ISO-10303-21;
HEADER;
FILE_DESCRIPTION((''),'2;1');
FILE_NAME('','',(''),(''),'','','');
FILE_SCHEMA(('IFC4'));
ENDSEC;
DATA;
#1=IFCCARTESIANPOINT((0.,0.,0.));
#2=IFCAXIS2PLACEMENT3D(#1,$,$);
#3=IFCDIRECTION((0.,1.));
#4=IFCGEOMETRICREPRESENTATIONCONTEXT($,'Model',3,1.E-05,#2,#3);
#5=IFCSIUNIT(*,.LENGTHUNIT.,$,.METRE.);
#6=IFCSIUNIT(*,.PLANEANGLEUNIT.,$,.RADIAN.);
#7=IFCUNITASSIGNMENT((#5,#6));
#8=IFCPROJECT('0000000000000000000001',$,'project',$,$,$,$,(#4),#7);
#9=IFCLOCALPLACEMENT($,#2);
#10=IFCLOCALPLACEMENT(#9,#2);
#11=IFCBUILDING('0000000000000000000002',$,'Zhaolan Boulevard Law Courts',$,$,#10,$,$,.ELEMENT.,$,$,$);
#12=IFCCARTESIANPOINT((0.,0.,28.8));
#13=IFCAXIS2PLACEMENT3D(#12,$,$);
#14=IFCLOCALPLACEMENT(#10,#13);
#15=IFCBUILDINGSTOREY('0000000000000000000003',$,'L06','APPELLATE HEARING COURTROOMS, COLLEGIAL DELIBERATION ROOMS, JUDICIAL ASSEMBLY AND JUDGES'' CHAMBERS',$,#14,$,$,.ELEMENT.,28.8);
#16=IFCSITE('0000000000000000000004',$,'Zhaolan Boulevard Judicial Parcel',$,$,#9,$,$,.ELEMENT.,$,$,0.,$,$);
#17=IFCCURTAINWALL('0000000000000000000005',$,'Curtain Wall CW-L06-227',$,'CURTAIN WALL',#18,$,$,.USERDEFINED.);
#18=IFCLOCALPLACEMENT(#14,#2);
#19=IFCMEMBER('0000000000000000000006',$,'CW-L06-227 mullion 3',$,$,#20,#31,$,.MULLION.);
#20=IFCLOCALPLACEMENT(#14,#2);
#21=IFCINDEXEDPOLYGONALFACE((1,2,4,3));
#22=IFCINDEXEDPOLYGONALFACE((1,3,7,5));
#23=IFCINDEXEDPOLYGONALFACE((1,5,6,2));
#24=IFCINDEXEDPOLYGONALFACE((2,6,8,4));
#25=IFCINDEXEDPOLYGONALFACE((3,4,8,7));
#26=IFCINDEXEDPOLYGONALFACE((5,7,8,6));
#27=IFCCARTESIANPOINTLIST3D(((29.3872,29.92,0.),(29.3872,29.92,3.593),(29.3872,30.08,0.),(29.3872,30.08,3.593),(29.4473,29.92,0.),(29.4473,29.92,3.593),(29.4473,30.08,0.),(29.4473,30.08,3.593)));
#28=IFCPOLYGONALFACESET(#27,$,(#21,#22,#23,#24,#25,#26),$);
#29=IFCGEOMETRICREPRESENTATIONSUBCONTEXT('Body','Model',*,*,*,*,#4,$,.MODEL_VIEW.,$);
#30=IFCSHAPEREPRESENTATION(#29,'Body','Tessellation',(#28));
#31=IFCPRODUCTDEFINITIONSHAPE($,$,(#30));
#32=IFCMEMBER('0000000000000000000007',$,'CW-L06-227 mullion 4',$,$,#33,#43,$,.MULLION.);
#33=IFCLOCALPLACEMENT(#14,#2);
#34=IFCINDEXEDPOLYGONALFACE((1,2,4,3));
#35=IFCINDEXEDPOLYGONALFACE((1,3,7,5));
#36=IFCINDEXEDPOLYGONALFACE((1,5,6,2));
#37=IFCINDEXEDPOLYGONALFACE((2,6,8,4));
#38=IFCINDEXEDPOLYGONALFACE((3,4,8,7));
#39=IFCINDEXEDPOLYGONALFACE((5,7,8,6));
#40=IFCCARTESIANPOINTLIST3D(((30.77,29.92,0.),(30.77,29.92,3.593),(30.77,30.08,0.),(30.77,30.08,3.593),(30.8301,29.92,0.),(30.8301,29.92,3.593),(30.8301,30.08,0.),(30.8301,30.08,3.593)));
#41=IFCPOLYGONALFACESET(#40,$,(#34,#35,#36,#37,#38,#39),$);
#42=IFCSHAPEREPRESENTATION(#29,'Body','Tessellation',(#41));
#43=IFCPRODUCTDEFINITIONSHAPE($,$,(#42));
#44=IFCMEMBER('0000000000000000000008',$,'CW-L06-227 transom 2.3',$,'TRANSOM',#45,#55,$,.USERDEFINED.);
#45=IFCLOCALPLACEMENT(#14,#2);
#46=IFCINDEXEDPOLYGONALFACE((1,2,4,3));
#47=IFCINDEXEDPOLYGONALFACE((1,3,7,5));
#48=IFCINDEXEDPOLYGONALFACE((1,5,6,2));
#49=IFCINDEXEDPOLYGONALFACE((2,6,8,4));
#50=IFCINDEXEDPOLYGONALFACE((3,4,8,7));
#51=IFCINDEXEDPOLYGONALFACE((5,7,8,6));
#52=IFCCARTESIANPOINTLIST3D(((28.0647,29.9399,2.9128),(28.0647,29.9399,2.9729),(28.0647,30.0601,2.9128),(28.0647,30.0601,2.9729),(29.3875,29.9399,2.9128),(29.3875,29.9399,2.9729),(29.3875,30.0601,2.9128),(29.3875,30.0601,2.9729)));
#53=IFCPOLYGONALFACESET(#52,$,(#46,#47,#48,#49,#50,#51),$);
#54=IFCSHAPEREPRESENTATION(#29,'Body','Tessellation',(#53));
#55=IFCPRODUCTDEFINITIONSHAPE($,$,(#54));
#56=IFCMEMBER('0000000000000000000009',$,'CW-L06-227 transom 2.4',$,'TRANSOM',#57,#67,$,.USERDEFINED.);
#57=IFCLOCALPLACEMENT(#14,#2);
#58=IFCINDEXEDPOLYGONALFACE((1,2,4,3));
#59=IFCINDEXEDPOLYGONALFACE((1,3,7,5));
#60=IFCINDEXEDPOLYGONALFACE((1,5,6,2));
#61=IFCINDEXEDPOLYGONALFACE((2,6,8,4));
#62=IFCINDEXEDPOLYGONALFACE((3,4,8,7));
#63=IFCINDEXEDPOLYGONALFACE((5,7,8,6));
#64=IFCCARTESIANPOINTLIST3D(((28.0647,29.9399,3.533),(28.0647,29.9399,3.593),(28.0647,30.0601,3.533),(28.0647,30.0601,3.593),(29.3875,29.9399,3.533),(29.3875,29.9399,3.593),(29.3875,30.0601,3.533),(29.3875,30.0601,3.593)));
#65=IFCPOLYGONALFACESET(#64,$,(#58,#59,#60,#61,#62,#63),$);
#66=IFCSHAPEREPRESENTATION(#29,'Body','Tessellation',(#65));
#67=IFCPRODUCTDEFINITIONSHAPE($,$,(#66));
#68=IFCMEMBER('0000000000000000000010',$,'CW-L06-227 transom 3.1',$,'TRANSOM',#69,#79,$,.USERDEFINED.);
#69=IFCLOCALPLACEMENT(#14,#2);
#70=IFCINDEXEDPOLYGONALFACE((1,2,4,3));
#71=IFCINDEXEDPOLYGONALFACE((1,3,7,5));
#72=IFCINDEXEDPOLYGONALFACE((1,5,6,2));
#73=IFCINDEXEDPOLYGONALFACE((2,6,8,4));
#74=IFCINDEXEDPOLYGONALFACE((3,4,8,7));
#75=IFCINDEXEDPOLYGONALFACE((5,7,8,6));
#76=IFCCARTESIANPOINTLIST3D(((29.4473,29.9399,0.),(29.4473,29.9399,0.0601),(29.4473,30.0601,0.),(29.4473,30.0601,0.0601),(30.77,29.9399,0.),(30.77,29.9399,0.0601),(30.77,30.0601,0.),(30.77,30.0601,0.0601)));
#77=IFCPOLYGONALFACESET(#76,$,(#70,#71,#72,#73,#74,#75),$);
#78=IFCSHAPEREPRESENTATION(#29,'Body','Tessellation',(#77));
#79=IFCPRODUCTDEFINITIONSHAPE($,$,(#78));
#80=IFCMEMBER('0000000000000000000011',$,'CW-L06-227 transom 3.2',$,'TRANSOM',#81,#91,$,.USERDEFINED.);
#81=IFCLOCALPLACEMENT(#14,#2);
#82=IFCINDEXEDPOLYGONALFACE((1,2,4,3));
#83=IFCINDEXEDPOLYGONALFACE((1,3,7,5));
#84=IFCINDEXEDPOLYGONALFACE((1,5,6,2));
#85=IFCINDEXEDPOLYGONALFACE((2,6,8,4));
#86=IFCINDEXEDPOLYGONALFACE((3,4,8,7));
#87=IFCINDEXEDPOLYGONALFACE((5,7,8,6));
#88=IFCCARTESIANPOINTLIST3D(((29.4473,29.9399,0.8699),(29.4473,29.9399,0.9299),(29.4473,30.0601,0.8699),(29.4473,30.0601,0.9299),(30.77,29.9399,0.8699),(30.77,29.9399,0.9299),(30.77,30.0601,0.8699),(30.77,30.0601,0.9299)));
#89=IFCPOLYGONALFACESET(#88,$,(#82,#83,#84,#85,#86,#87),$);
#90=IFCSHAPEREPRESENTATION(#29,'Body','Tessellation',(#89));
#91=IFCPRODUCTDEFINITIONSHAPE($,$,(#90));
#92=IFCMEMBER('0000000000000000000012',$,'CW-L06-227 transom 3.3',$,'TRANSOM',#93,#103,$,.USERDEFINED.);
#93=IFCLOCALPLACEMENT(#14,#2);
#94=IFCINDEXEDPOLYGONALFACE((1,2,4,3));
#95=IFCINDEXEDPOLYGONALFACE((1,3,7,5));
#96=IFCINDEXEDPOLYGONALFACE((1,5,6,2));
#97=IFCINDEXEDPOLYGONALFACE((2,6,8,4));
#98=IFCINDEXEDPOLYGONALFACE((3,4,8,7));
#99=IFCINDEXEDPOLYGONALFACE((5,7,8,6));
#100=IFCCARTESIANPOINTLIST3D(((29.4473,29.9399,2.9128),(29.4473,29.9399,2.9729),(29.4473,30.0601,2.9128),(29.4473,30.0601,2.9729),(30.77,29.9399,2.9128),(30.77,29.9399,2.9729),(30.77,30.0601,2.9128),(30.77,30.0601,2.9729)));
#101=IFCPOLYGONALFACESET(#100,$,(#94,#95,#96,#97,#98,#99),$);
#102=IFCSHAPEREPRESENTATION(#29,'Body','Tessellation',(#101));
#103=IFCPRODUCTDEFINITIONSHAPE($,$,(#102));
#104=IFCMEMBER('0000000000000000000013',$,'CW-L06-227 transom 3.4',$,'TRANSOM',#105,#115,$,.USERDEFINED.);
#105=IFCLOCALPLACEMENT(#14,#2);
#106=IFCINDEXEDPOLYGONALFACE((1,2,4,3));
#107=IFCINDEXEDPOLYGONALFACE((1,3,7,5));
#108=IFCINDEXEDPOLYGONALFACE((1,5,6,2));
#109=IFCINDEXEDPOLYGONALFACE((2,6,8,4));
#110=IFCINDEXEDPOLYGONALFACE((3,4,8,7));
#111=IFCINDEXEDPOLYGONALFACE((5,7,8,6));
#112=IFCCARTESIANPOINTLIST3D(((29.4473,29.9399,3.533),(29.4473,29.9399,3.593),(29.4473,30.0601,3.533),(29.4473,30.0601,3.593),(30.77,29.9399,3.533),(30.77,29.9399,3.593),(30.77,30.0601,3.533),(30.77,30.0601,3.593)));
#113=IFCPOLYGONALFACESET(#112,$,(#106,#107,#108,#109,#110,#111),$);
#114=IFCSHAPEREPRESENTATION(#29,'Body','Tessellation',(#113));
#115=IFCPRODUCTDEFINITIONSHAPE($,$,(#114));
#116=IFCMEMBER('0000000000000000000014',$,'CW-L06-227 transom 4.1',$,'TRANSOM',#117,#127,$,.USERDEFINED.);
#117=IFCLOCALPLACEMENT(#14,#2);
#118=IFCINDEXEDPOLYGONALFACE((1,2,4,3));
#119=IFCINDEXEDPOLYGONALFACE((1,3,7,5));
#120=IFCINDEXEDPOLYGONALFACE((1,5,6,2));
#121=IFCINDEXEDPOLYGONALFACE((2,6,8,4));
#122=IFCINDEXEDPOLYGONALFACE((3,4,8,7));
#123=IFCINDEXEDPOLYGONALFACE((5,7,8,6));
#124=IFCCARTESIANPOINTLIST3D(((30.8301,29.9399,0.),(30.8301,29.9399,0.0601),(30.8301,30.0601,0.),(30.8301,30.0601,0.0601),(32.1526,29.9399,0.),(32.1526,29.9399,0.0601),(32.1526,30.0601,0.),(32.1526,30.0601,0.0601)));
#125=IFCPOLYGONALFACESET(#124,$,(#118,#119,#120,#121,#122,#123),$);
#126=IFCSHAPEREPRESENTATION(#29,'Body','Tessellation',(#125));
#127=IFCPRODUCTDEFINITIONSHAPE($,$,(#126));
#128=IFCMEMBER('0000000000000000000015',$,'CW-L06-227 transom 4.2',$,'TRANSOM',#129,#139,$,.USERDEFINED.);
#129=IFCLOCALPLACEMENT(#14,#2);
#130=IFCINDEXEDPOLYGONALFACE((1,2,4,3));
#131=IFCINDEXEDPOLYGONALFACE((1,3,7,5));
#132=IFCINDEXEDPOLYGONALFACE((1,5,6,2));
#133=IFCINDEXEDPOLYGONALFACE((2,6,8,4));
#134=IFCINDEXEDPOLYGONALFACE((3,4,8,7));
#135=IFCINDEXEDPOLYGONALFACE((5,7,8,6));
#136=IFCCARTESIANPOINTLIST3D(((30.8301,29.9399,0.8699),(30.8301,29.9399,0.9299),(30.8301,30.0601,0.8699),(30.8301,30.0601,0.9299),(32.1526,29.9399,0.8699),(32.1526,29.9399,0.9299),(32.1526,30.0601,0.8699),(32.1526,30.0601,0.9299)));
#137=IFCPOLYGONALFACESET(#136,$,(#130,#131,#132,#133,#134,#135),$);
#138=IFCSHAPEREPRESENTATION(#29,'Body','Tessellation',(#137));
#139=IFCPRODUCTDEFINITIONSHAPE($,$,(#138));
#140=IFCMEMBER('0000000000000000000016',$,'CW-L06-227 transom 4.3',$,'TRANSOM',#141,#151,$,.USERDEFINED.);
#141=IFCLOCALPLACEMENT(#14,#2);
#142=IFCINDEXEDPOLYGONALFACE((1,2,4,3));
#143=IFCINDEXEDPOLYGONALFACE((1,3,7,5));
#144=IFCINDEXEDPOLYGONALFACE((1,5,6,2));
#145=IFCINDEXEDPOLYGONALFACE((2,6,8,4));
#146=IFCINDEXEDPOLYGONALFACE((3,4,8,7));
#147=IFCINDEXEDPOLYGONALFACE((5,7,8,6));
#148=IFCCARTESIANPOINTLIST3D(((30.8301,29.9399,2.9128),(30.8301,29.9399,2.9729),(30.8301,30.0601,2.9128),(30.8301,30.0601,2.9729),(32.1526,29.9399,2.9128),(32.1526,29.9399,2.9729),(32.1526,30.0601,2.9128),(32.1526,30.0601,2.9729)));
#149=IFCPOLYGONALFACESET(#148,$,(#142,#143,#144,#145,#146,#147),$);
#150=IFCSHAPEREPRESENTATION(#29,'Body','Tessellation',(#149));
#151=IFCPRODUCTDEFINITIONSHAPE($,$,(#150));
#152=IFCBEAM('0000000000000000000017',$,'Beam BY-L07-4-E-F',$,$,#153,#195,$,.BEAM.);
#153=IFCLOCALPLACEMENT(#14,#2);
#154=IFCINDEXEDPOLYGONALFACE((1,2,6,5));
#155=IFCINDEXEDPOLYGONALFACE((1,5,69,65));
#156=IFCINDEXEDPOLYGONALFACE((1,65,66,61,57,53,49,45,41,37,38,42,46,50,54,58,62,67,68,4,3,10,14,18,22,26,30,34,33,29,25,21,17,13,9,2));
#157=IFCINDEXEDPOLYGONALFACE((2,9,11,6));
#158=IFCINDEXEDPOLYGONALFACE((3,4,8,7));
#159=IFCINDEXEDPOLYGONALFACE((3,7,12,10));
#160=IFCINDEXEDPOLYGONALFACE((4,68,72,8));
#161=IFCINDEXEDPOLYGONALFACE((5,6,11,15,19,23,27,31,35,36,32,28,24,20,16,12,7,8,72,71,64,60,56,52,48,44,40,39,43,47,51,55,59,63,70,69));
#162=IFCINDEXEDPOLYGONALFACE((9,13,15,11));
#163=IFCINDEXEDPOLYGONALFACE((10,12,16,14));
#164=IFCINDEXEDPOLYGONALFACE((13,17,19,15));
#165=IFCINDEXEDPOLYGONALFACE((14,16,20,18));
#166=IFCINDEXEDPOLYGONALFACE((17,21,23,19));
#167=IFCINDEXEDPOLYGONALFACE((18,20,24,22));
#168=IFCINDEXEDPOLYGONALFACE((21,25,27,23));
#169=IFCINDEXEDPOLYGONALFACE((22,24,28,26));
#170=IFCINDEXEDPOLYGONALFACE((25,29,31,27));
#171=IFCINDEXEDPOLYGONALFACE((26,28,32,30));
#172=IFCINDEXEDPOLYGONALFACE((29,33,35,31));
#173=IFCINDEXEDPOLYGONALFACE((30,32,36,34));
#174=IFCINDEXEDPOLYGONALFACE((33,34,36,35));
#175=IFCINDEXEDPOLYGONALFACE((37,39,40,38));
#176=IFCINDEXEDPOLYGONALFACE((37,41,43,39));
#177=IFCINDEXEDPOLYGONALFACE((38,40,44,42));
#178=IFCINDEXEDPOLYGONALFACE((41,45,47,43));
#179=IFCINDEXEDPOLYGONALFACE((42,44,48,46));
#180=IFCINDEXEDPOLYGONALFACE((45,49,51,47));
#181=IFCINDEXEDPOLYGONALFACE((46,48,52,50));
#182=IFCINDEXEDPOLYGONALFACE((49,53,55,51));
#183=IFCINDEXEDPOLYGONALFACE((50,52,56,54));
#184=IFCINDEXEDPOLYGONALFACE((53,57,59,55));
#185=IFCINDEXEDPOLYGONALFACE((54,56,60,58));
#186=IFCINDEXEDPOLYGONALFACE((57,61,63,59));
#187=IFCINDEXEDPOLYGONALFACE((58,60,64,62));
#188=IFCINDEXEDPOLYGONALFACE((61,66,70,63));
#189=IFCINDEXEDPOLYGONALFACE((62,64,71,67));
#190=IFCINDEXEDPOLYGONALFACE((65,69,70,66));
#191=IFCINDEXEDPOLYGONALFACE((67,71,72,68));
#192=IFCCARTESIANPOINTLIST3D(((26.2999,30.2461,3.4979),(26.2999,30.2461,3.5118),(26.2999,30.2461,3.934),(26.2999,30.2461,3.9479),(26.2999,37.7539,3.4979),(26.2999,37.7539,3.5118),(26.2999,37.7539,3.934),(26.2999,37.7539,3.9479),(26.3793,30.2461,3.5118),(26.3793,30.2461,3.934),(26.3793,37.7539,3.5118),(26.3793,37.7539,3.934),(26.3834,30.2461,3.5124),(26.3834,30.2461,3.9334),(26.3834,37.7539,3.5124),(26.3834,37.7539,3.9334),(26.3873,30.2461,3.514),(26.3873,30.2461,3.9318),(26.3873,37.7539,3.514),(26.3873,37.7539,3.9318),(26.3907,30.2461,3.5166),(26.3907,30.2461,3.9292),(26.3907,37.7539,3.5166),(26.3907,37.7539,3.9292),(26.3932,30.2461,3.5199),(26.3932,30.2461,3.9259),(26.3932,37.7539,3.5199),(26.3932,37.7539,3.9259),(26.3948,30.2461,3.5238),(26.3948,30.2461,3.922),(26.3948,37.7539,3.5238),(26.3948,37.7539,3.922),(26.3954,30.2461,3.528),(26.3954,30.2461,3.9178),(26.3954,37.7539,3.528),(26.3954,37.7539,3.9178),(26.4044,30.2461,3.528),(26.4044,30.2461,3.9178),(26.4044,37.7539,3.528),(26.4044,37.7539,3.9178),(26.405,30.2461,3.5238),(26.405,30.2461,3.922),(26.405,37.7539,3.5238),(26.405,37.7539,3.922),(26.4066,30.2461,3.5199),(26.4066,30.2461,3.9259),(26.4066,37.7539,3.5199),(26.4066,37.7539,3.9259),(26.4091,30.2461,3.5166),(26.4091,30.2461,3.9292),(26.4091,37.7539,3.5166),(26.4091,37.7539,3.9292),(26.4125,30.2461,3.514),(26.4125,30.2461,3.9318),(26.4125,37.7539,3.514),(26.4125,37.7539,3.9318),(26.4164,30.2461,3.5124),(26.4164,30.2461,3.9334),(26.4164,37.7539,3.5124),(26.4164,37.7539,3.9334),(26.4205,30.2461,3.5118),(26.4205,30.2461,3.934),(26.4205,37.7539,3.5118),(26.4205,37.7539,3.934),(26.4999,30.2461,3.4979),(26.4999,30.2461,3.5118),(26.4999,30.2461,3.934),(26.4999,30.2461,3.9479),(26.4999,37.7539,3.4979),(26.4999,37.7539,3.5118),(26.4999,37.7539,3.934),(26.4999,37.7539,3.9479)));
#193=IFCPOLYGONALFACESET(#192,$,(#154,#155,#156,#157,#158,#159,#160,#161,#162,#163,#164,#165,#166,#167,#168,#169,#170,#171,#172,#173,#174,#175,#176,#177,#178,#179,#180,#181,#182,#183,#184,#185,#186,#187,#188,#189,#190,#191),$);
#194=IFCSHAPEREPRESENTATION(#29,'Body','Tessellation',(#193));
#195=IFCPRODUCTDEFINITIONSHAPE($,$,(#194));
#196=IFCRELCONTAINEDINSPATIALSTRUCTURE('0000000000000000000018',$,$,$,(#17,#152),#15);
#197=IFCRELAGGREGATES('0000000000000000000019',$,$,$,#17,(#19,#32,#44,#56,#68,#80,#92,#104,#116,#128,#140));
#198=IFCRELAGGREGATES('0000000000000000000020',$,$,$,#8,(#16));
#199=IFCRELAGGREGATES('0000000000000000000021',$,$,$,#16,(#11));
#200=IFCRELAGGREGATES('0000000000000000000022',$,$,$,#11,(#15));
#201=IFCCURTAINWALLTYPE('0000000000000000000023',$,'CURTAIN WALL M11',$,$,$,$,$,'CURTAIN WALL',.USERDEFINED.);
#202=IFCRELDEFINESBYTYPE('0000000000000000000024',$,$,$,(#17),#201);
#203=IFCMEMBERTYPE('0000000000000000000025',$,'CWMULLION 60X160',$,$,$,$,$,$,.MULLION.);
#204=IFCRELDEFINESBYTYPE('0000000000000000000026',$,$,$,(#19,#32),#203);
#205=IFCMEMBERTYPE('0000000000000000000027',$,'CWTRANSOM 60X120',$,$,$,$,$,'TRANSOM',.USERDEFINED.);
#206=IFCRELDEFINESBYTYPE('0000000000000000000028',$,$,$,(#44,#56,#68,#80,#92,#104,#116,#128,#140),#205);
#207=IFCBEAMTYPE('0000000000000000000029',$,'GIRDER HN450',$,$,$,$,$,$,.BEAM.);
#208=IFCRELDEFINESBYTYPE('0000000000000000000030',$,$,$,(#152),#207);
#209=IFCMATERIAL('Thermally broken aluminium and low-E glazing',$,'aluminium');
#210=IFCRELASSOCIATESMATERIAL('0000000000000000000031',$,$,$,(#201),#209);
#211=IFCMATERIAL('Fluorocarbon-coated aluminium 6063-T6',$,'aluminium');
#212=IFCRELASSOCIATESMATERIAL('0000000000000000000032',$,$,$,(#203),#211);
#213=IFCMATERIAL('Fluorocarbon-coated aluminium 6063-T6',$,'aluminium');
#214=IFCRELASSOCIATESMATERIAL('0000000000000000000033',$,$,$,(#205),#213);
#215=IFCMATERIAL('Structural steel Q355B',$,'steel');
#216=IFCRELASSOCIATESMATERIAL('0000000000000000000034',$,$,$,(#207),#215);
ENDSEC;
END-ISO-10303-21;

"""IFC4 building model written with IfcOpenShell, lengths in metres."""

from ifc_helpers import new_model, si_unit, direction, frame, origin, origin_2d, place, context, subcontext, project, spatial, rectangle, i_section, extrude, material, material_profile, profile_set, type_object, element, aggregate, save


model = new_model("IFC4")

# Units and contexts
model_context = context("Model", 3, precision=1e-05, world=origin(), true_north=direction((0.0, 1.0)))
body_context = subcontext(model_context, "Body", "Model", "MODEL_VIEW")
ifc_project = project(units=[si_unit("LENGTHUNIT", "METRE"), si_unit("PLANEANGLEUNIT", "RADIAN")], contexts=[model_context])

# Site, building, storey
site_placement = place(None, origin())
site = spatial("IfcSite", under=ifc_project, at=site_placement, Name="Zhaolan Boulevard Judicial Parcel", CompositionType="ELEMENT", RefElevation=0.0)
building_placement = place(site_placement, origin())
building = spatial("IfcBuilding", under=site, at=building_placement, Name="Zhaolan Boulevard Law Courts", CompositionType="ELEMENT")
storey_placement = place(building_placement, frame((0.0, 0.0, 28.8)))
storey = spatial("IfcBuildingStorey", under=building, at=storey_placement, Name="L06", Description="APPELLATE HEARING COURTROOMS, COLLEGIAL DELIBERATION ROOMS, JUDICIAL ASSEMBLY AND JUDGES' CHAMBERS", CompositionType="ELEMENT", Elevation=28.8)

# Curtain wall, members
ifc_material_1 = material(Name="Thermally broken aluminium and low-E glazing", Category="aluminium")
curtain_wall_type = type_object("IfcCurtainWallType", Name="CURTAIN WALL M11", ElementType="CURTAIN WALL", PredefinedType="USERDEFINED", material=ifc_material_1)
curtain_wall_placement = place(storey_placement, origin())
curtain_wall = element("IfcCurtainWall", 1, at=curtain_wall_placement, inside=storey, type_object=curtain_wall_type, Name="Curtain Wall CW-L06-227", ObjectType="CURTAIN WALL", PredefinedType="USERDEFINED")
ifc_material_2 = material(Name="Fluorocarbon-coated aluminium 6063-T6", Category="aluminium")
ifc_material_profile_1 = material_profile(ifc_material_2, rectangle(XDim=0.1599, YDim=0.0601, at=origin_2d()), Name="AL60x160")
ifc_profile_set_1 = profile_set([ifc_material_profile_1], Name="Fluorocarbon-coated aluminium 6063-T6")
member_type_1 = type_object("IfcMemberType", Name="CWMULLION 60X160", PredefinedType="MULLION", material=ifc_profile_set_1)
member_1_placement = place(storey_placement, frame((29.4172, 30.0, 0.0), z_axis=(0.0, 0.0, 1.0), x_axis=(0.0, 1.0, 0.0)))
member_1 = element("IfcMember", 2, at=member_1_placement, type_object=member_type_1, Name="CW-L06-227 mullion 3", PredefinedType="MULLION", context=body_context, shape_type="SweptSolid", body=[
    extrude(rectangle(XDim=0.1599, YDim=0.0601, at=origin_2d()), origin(), (0.0, 0.0, 1.0), 3.593),
])
member_2_placement = place(storey_placement, frame((30.8, 30.0, 0.0), z_axis=(0.0, 0.0, 1.0), x_axis=(0.0, 1.0, 0.0)))
member_2 = element("IfcMember", 3, at=member_2_placement, type_object=member_type_1, Name="CW-L06-227 mullion 4", PredefinedType="MULLION", context=body_context, shape_type="SweptSolid", body=[
    extrude(rectangle(XDim=0.1599, YDim=0.0601, at=origin_2d()), origin(), (0.0, 0.0, 1.0), 3.593),
])
ifc_material_3 = material(Name="Fluorocarbon-coated aluminium 6063-T6", Category="aluminium")
ifc_material_profile_2 = material_profile(ifc_material_3, rectangle(XDim=0.1201, YDim=0.0601, at=origin_2d()), Name="AL60x120")
ifc_profile_set_2 = profile_set([ifc_material_profile_2], Name="Fluorocarbon-coated aluminium 6063-T6")
member_type_2 = type_object("IfcMemberType", Name="CWTRANSOM 60X120", ElementType="TRANSOM", PredefinedType="USERDEFINED", material=ifc_profile_set_2)
member_3_placement = place(storey_placement, frame((28.0647, 30.0, 2.9429), z_axis=(1.0, 0.0, 0.0), x_axis=(0.0, 1.0, 0.0)))
member_3 = element("IfcMember", 4, at=member_3_placement, type_object=member_type_2, Name="CW-L06-227 transom 2.3", ObjectType="TRANSOM", PredefinedType="USERDEFINED", context=body_context, shape_type="SweptSolid", body=[
    extrude(rectangle(XDim=0.1201, YDim=0.0601, at=origin_2d()), origin(), (0.0, 0.0, 1.0), 1.3228),
])
member_4_placement = place(storey_placement, frame((28.0647, 30.0, 3.563), z_axis=(1.0, 0.0, 0.0), x_axis=(0.0, 1.0, 0.0)))
member_4 = element("IfcMember", 5, at=member_4_placement, type_object=member_type_2, Name="CW-L06-227 transom 2.4", ObjectType="TRANSOM", PredefinedType="USERDEFINED", context=body_context, shape_type="SweptSolid", body=[
    extrude(rectangle(XDim=0.1201, YDim=0.0601, at=origin_2d()), origin(), (0.0, 0.0, 1.0), 1.3228),
])
member_5_placement = place(storey_placement, frame((29.4473, 30.0, 0.03), z_axis=(1.0, 0.0, 0.0), x_axis=(0.0, 1.0, 0.0)))
member_5 = element("IfcMember", 6, at=member_5_placement, type_object=member_type_2, Name="CW-L06-227 transom 3.1", ObjectType="TRANSOM", PredefinedType="USERDEFINED", context=body_context, shape_type="SweptSolid", body=[
    extrude(rectangle(XDim=0.1201, YDim=0.0601, at=origin_2d()), origin(), (0.0, 0.0, 1.0), 1.3228),
])
member_6_placement = place(storey_placement, frame((29.4473, 30.0, 0.8999), z_axis=(1.0, 0.0, 0.0), x_axis=(0.0, 1.0, 0.0)))
member_6 = element("IfcMember", 7, at=member_6_placement, type_object=member_type_2, Name="CW-L06-227 transom 3.2", ObjectType="TRANSOM", PredefinedType="USERDEFINED", context=body_context, shape_type="SweptSolid", body=[
    extrude(rectangle(XDim=0.1201, YDim=0.0601, at=origin_2d()), origin(), (0.0, 0.0, 1.0), 1.3228),
])
member_7_placement = place(storey_placement, frame((29.4473, 30.0, 2.9429), z_axis=(1.0, 0.0, 0.0), x_axis=(0.0, 1.0, 0.0)))
member_7 = element("IfcMember", 8, at=member_7_placement, type_object=member_type_2, Name="CW-L06-227 transom 3.3", ObjectType="TRANSOM", PredefinedType="USERDEFINED", context=body_context, shape_type="SweptSolid", body=[
    extrude(rectangle(XDim=0.1201, YDim=0.0601, at=origin_2d()), origin(), (0.0, 0.0, 1.0), 1.3228),
])
member_8_placement = place(storey_placement, frame((29.4473, 30.0, 3.563), z_axis=(1.0, 0.0, 0.0), x_axis=(0.0, 1.0, 0.0)))
member_8 = element("IfcMember", 9, at=member_8_placement, type_object=member_type_2, Name="CW-L06-227 transom 3.4", ObjectType="TRANSOM", PredefinedType="USERDEFINED", context=body_context, shape_type="SweptSolid", body=[
    extrude(rectangle(XDim=0.1201, YDim=0.0601, at=origin_2d()), origin(), (0.0, 0.0, 1.0), 1.3228),
])
member_9_placement = place(storey_placement, frame((30.8301, 30.0, 0.03), z_axis=(1.0, 0.0, 0.0), x_axis=(0.0, 1.0, 0.0)))
member_9 = element("IfcMember", 10, at=member_9_placement, type_object=member_type_2, Name="CW-L06-227 transom 4.1", ObjectType="TRANSOM", PredefinedType="USERDEFINED", context=body_context, shape_type="SweptSolid", body=[
    extrude(rectangle(XDim=0.1201, YDim=0.0601, at=origin_2d()), origin(), (0.0, 0.0, 1.0), 1.3225),
])
member_10_placement = place(storey_placement, frame((30.8301, 30.0, 0.8999), z_axis=(1.0, 0.0, 0.0), x_axis=(0.0, 1.0, 0.0)))
member_10 = element("IfcMember", 11, at=member_10_placement, type_object=member_type_2, Name="CW-L06-227 transom 4.2", ObjectType="TRANSOM", PredefinedType="USERDEFINED", context=body_context, shape_type="SweptSolid", body=[
    extrude(rectangle(XDim=0.1201, YDim=0.0601, at=origin_2d()), origin(), (0.0, 0.0, 1.0), 1.3225),
])
member_11_placement = place(storey_placement, frame((30.8301, 30.0, 2.9429), z_axis=(1.0, 0.0, 0.0), x_axis=(0.0, 1.0, 0.0)))
member_11 = element("IfcMember", 12, at=member_11_placement, type_object=member_type_2, Name="CW-L06-227 transom 4.3", ObjectType="TRANSOM", PredefinedType="USERDEFINED", context=body_context, shape_type="SweptSolid", body=[
    extrude(rectangle(XDim=0.1201, YDim=0.0601, at=origin_2d()), origin(), (0.0, 0.0, 1.0), 1.3225),
])

# Beam
ifc_material_4 = material(Name="Structural steel Q355B", Category="steel")
ifc_material_profile_3 = material_profile(ifc_material_4, i_section(OverallWidth=0.2, OverallDepth=0.45, WebThickness=0.009, FlangeThickness=0.0139, FilletRadius=0.0161, at=origin_2d()), Name="HN450x200")
ifc_profile_set_3 = profile_set([ifc_material_profile_3], Name="Structural steel Q355B")
beam_type = type_object("IfcBeamType", Name="GIRDER HN450", PredefinedType="BEAM", material=ifc_profile_set_3)
beam_placement = place(storey_placement, frame((26.3999, 30.2461, 3.7229), z_axis=(0.0, 1.0, 0.0), x_axis=(-1.0, 0.0, 0.0)))
element("IfcBeam", 13, at=beam_placement, inside=storey, type_object=beam_type, Name="Beam BY-L07-4-E-F", PredefinedType="BEAM", context=body_context, shape_type="SweptSolid", body=[
    extrude(i_section(OverallWidth=0.2, OverallDepth=0.45, WebThickness=0.009, FlangeThickness=0.0139, FilletRadius=0.0161, at=origin_2d()), origin(), (0.0, 0.0, 1.0), 7.5078),
])

aggregate(curtain_wall, [member_1, member_2, member_3, member_4, member_5, member_6, member_7, member_8, member_9, member_10, member_11])

save(model, "model.ifc")
